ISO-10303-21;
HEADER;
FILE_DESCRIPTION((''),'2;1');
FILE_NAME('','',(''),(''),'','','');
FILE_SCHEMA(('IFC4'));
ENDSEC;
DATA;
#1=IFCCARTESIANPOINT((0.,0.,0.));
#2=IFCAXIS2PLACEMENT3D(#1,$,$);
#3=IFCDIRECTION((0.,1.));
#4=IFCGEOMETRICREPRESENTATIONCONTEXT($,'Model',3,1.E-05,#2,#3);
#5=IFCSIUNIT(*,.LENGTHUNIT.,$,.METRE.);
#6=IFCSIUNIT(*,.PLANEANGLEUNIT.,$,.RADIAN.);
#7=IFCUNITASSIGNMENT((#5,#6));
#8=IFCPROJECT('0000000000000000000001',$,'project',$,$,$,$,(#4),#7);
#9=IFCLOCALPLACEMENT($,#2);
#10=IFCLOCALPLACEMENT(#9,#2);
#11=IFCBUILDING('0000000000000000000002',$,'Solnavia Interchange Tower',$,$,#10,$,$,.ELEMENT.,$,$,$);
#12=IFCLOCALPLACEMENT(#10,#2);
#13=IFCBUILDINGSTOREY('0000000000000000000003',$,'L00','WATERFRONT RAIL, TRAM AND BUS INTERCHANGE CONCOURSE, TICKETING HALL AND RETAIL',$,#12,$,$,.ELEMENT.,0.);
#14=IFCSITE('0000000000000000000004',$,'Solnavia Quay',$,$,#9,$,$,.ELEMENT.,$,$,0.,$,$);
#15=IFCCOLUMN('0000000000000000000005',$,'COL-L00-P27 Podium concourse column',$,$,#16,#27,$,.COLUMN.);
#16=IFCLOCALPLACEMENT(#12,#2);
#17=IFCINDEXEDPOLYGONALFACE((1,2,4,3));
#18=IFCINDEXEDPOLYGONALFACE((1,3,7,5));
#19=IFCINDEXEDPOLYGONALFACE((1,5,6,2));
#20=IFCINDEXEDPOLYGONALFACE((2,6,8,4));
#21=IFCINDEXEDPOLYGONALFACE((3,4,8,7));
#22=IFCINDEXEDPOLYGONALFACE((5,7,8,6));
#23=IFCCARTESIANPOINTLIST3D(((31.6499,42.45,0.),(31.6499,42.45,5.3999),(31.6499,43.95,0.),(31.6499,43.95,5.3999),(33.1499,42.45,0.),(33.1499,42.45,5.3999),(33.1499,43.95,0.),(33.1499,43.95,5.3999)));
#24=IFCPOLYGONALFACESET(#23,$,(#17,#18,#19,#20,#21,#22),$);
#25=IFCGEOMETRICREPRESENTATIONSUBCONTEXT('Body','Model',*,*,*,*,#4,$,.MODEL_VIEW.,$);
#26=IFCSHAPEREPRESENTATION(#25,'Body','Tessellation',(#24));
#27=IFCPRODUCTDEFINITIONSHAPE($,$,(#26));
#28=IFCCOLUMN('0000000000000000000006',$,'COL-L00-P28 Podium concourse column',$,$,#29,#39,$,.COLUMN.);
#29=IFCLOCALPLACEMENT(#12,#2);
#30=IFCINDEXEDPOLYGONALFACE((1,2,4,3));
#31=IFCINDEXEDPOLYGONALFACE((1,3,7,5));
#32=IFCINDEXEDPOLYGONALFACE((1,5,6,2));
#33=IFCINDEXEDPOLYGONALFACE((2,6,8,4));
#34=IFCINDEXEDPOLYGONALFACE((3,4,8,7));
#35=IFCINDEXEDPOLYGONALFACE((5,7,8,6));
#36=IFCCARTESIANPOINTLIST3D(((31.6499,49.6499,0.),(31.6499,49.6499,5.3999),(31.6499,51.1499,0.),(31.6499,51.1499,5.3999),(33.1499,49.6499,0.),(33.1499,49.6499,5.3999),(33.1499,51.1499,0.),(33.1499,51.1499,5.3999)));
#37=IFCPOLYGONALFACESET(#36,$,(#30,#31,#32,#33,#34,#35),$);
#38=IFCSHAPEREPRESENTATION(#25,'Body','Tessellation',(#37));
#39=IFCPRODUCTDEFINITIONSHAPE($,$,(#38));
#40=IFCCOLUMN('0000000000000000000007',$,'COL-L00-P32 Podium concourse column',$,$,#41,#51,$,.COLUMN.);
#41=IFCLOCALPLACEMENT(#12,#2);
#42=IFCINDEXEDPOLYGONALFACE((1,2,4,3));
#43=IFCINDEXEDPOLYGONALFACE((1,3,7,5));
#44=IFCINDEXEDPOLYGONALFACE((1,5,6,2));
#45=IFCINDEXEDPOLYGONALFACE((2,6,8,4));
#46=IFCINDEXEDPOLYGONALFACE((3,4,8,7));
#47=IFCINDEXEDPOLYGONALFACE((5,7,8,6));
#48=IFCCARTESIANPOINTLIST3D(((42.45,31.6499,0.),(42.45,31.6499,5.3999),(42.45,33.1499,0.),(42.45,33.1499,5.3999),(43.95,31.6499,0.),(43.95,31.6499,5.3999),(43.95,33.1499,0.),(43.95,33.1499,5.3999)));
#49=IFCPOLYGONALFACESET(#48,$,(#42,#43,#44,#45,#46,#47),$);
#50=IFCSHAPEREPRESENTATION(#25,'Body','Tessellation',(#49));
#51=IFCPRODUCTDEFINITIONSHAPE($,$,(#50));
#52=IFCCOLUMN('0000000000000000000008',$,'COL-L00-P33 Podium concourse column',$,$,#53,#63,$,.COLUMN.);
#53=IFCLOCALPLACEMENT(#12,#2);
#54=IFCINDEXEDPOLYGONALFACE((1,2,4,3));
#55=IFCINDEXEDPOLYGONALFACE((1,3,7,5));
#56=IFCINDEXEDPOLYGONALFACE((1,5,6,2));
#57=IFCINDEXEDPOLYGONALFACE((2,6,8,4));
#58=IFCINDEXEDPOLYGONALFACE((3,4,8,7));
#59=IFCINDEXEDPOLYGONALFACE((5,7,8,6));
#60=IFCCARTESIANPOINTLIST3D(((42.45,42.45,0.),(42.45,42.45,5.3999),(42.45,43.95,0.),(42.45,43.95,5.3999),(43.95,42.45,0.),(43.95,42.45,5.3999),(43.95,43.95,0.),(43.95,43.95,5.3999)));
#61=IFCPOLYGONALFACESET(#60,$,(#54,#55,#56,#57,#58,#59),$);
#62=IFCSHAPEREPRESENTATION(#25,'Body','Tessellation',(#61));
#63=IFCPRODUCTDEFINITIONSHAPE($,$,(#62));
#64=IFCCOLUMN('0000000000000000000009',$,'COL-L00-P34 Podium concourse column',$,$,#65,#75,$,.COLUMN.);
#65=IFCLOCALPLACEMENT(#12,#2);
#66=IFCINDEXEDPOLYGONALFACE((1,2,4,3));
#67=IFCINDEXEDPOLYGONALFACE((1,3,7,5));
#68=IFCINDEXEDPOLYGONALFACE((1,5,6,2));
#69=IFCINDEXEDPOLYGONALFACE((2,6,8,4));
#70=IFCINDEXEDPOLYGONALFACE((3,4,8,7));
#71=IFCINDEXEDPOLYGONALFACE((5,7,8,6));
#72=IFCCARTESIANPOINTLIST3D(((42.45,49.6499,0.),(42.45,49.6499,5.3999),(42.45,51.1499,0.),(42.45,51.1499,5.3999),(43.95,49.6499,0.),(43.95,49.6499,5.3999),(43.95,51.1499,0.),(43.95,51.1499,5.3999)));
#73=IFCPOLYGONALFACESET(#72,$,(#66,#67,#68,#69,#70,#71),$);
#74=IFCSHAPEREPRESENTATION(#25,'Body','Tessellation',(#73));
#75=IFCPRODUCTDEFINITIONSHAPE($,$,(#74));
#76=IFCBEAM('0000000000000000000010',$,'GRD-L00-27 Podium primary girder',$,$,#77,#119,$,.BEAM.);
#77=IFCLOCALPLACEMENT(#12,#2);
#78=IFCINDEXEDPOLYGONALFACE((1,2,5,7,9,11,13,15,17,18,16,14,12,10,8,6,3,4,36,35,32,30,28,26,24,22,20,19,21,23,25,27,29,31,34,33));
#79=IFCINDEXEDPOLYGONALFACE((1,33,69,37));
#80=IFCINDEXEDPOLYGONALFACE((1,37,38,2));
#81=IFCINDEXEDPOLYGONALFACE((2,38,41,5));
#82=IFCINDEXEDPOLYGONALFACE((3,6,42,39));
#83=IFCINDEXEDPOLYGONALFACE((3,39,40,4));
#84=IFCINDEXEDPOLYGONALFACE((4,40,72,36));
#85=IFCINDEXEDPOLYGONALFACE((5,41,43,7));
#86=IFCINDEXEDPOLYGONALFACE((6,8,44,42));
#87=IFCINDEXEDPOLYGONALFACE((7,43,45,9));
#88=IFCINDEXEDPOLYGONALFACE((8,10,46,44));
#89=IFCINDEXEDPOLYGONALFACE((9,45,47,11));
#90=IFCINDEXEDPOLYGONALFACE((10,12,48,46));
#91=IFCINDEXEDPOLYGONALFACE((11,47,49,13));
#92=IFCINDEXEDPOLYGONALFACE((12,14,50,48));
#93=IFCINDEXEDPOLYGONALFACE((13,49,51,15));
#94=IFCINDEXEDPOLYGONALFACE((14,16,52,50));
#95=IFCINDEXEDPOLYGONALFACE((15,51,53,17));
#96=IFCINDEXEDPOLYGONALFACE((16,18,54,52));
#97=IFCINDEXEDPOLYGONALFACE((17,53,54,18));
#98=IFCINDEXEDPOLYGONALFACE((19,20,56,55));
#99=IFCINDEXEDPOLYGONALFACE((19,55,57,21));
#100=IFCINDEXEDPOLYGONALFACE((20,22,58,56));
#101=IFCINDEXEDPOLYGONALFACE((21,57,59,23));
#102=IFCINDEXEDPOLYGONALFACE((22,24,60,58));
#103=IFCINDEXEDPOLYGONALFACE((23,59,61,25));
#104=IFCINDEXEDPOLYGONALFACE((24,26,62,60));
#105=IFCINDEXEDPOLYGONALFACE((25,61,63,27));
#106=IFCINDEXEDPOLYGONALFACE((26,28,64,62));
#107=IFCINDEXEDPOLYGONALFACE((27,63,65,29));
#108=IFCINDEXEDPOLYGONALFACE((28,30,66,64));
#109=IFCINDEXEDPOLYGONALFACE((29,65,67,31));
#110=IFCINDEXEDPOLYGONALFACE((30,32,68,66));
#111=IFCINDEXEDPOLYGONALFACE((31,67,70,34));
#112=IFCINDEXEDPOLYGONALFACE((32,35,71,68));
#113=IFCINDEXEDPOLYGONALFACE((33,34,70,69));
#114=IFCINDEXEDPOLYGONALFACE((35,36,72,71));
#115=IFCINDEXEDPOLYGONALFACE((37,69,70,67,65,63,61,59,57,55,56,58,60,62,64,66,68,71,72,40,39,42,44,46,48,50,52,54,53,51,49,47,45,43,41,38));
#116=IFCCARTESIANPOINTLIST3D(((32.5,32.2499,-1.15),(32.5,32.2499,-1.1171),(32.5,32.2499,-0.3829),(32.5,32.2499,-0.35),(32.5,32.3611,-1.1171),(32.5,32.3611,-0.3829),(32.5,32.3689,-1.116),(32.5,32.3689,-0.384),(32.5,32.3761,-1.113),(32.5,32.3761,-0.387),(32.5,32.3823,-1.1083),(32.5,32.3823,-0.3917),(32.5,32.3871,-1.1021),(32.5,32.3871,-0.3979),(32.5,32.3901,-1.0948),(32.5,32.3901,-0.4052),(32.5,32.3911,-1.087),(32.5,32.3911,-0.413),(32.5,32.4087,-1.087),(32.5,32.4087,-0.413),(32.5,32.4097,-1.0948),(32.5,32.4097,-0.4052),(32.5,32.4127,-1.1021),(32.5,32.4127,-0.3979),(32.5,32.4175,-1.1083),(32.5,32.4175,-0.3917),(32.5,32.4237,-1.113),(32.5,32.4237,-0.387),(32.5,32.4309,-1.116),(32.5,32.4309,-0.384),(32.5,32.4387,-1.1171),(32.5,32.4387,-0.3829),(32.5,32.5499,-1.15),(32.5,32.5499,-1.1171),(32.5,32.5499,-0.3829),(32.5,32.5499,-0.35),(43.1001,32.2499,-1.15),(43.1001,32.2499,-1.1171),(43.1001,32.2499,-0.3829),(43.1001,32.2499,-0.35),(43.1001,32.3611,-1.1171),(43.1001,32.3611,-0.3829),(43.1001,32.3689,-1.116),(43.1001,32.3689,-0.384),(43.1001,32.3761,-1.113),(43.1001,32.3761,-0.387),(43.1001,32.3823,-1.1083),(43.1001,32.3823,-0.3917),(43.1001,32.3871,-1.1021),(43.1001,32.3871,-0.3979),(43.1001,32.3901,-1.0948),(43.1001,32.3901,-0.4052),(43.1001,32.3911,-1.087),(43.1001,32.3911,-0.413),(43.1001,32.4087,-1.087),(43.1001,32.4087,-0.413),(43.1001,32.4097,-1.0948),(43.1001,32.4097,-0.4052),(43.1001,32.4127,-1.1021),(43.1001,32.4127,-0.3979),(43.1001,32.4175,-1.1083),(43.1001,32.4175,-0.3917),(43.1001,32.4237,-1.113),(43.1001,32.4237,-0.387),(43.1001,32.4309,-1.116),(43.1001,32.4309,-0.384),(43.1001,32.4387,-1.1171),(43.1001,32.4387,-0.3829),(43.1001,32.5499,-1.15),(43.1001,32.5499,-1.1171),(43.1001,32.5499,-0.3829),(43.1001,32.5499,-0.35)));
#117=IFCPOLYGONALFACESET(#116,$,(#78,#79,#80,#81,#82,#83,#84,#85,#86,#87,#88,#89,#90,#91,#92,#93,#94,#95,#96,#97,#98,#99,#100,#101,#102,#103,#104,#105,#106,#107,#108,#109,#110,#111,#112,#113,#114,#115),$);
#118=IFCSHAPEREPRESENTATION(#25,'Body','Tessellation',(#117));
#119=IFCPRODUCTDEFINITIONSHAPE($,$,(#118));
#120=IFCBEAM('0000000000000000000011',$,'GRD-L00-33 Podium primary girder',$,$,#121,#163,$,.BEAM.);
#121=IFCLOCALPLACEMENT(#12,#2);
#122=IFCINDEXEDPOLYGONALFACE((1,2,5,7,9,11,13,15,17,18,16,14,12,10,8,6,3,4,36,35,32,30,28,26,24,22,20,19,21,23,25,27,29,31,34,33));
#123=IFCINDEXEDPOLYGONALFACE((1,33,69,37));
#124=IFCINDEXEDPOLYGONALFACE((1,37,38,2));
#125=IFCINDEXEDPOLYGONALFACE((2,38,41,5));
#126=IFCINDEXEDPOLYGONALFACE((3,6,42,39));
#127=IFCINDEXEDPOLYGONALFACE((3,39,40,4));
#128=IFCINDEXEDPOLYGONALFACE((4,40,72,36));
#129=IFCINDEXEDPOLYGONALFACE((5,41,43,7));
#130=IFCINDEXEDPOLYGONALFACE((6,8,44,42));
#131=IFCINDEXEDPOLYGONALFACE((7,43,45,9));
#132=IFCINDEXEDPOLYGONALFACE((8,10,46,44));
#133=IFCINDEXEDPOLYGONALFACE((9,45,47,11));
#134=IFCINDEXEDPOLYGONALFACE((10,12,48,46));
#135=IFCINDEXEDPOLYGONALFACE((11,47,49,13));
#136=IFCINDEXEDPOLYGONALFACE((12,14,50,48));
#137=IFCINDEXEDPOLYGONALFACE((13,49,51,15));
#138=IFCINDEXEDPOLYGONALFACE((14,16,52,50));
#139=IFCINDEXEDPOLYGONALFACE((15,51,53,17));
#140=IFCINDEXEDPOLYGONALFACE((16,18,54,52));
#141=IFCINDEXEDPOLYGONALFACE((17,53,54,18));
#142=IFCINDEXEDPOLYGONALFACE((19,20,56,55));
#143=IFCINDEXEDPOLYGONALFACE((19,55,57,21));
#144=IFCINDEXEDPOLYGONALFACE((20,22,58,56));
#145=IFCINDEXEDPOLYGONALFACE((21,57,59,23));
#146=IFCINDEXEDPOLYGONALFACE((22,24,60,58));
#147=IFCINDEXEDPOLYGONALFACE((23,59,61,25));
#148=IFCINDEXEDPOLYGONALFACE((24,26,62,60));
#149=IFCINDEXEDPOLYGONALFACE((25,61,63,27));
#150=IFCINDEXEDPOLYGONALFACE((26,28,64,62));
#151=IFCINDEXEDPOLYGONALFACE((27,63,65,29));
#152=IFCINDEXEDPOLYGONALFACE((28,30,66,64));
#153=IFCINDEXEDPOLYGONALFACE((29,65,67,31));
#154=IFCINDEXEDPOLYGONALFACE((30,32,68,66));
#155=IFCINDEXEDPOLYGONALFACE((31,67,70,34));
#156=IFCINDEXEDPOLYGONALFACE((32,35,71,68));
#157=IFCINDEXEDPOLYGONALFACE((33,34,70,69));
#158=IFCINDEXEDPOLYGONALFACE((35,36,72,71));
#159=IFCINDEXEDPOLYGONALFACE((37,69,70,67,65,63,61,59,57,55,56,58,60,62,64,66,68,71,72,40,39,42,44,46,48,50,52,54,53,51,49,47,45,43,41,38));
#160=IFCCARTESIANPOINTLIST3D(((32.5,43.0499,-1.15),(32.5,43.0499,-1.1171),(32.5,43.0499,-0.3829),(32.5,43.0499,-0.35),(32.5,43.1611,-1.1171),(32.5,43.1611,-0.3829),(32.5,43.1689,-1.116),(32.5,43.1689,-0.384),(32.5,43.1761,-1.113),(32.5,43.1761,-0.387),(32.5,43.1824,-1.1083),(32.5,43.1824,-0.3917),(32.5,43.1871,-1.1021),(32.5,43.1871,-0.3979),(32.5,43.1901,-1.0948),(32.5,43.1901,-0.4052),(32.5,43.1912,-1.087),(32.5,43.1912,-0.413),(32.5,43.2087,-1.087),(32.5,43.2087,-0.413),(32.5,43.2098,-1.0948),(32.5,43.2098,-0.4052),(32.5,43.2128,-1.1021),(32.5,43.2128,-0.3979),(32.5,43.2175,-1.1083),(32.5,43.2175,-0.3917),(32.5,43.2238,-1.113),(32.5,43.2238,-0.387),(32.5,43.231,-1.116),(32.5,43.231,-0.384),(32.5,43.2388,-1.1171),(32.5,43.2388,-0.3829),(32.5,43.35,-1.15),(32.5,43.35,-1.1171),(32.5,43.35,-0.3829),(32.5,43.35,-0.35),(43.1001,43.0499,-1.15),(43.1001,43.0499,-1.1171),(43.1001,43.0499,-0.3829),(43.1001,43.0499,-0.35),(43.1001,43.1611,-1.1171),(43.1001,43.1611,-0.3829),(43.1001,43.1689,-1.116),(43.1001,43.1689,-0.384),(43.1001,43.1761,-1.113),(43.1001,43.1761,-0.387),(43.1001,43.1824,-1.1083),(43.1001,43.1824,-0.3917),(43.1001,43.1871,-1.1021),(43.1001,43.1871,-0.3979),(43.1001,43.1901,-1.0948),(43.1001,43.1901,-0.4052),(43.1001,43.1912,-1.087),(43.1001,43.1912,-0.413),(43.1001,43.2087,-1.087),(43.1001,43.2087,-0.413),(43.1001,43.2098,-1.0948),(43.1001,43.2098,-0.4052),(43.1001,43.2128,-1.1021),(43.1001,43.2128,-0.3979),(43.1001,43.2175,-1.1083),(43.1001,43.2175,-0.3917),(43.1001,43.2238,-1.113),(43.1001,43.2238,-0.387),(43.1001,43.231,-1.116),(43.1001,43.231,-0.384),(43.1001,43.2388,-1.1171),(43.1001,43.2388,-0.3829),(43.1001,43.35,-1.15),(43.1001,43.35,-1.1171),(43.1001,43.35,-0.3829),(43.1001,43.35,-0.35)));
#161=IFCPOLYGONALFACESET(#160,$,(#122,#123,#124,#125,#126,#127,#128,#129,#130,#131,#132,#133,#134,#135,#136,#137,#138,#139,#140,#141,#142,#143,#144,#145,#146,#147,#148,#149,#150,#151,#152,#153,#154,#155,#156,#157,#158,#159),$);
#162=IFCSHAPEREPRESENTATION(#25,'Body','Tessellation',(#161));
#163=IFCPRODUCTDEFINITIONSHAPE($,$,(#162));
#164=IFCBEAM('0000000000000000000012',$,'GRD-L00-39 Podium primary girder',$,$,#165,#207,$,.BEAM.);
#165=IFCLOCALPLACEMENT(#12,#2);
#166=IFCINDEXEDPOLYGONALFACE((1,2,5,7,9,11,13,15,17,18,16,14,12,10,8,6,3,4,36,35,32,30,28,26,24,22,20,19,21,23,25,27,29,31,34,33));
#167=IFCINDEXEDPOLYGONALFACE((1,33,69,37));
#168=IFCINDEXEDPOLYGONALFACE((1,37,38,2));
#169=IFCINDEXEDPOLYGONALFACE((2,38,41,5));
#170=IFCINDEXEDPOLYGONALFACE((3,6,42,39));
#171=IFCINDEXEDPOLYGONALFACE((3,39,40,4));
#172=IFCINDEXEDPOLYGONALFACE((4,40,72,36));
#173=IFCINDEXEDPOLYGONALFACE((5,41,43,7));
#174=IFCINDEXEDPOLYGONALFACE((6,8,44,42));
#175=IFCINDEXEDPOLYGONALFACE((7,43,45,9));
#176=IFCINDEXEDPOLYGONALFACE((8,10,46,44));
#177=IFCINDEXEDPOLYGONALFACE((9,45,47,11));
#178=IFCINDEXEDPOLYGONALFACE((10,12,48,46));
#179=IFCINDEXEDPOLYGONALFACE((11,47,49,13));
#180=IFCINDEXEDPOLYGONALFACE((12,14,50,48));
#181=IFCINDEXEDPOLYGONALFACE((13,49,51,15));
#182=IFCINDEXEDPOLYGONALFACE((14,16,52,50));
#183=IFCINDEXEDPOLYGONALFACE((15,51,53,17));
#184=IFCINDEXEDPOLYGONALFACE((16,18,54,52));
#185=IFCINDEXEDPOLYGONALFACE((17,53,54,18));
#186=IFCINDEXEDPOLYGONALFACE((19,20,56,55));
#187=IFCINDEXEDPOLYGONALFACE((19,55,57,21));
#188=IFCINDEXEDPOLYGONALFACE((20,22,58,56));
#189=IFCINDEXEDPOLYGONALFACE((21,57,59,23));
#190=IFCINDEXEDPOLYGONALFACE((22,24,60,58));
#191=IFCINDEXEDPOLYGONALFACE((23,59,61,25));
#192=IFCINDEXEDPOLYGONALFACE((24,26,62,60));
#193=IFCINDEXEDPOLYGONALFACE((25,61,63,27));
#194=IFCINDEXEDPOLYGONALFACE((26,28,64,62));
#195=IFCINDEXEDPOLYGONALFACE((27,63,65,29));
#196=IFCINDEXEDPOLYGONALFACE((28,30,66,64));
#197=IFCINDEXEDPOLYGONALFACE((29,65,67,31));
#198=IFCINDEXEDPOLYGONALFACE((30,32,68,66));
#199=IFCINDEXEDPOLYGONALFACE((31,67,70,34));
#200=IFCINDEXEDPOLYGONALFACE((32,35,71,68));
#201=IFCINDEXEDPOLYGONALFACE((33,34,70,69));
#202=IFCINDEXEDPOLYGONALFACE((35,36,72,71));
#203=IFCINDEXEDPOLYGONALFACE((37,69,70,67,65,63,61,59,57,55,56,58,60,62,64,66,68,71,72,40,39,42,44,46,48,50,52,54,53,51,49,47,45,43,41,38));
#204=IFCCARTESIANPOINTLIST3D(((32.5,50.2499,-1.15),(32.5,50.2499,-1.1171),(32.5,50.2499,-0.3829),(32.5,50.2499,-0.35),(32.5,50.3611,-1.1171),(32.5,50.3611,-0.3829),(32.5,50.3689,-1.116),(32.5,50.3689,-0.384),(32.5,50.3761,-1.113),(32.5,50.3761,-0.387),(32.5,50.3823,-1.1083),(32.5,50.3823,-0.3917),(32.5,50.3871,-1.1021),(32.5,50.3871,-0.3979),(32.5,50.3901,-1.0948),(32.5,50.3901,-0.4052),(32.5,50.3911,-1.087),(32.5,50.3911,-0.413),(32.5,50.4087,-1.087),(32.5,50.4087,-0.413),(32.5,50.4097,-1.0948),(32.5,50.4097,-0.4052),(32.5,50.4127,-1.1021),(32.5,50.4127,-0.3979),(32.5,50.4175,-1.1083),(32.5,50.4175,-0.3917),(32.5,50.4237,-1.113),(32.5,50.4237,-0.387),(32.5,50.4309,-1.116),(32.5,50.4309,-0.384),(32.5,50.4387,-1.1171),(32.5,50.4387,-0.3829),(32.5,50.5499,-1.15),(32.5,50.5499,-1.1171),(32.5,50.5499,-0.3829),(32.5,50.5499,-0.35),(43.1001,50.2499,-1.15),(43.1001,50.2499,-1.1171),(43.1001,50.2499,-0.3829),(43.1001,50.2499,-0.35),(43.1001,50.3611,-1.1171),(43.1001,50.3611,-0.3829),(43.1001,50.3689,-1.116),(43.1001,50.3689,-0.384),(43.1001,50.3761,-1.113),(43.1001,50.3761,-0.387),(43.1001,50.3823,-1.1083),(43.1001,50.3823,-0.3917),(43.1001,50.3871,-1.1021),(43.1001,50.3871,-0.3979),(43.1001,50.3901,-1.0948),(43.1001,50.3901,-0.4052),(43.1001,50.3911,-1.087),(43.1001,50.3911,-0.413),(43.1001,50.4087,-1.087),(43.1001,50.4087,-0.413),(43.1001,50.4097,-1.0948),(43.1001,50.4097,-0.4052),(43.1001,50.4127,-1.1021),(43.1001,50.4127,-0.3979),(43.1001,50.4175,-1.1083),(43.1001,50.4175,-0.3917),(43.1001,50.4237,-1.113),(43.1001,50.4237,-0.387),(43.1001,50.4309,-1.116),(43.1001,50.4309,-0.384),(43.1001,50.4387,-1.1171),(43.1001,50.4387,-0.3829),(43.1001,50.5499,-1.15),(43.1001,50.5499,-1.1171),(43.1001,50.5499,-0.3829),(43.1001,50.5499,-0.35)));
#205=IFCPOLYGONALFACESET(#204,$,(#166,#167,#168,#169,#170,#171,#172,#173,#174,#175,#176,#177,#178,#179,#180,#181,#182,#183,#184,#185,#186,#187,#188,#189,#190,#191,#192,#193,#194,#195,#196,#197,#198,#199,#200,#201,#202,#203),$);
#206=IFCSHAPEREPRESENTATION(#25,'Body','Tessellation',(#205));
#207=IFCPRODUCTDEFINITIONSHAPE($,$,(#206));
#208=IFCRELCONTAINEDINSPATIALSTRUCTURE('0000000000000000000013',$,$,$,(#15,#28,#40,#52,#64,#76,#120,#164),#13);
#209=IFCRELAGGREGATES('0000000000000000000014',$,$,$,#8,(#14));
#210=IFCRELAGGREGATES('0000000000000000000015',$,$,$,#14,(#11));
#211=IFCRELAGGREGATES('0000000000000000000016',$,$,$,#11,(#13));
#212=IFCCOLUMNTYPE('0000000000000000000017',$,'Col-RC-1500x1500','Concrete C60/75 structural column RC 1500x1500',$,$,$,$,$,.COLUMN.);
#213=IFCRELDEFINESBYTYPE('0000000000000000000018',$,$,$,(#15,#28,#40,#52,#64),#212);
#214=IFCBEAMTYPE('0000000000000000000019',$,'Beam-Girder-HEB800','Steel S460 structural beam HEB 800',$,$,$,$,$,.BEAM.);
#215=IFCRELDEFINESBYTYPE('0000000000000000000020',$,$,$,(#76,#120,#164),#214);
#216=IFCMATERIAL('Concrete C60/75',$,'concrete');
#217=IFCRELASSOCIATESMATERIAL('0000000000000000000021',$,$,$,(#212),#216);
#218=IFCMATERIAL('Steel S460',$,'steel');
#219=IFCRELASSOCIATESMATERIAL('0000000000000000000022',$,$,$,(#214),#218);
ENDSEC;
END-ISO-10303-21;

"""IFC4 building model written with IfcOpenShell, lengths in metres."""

from ifc_helpers import new_model, si_unit, direction, frame, origin, origin_2d, place, context, subcontext, project, spatial, rectangle, i_section, extrude, material, material_profile, profile_set, type_object, element, save


model = new_model("IFC4")

# Units and contexts
model_context = context("Model", 3, precision=1e-05, world=origin(), true_north=direction((0.0, 1.0)))
body_context = subcontext(model_context, "Body", "Model", "MODEL_VIEW")
ifc_project = project(units=[si_unit("LENGTHUNIT", "METRE"), si_unit("PLANEANGLEUNIT", "RADIAN")], contexts=[model_context])

# Site, building, storey
site_placement = place(None, origin())
site = spatial("IfcSite", under=ifc_project, at=site_placement, Name="Solnavia Quay", CompositionType="ELEMENT", RefElevation=0.0)
building_placement = place(site_placement, origin())
building = spatial("IfcBuilding", under=site, at=building_placement, Name="Solnavia Interchange Tower", CompositionType="ELEMENT")
storey_placement = place(building_placement, origin())
storey = spatial("IfcBuildingStorey", under=building, at=storey_placement, Name="L00", Description="WATERFRONT RAIL, TRAM AND BUS INTERCHANGE CONCOURSE, TICKETING HALL AND RETAIL", CompositionType="ELEMENT", Elevation=0.0)

# Columns
ifc_material_1 = material(Name="Concrete C60/75", Category="concrete")
ifc_material_profile_1 = material_profile(ifc_material_1, rectangle(XDim=1.5, YDim=1.5, at=origin_2d()), Name="RC 1500x1500")
ifc_profile_set_1 = profile_set([ifc_material_profile_1], Name="Concrete C60/75")
column_type = type_object("IfcColumnType", Name="Col-RC-1500x1500", Description="Concrete C60/75 structural column RC 1500x1500", PredefinedType="COLUMN", material=ifc_profile_set_1)
for number, where, z_axis, x_axis, name in (
    (1, (32.3999, 43.2, 0.0), (0.0, 0.0, 1.0), (1.0, 0.0, 0.0), "COL-L00-P27 Podium concourse column"),
    (2, (32.3999, 50.3999, 0.0), (0.0, 0.0, 1.0), (1.0, 0.0, 0.0), "COL-L00-P28 Podium concourse column"),
    (3, (43.2, 32.3999, 0.0), (0.0, 0.0, 1.0), (1.0, 0.0, 0.0), "COL-L00-P32 Podium concourse column"),
    (4, (43.2, 43.2, 0.0), (0.0, 0.0, 1.0), (1.0, 0.0, 0.0), "COL-L00-P33 Podium concourse column"),
    (5, (43.2, 50.3999, 0.0), (0.0, 0.0, 1.0), (1.0, 0.0, 0.0), "COL-L00-P34 Podium concourse column"),
):
    element("IfcColumn", number, at=place(storey_placement, frame(where, z_axis=z_axis, x_axis=x_axis)), inside=storey, type_object=column_type, Name=name, PredefinedType="COLUMN", context=body_context, shape_type="SweptSolid", body=[
        extrude(rectangle(XDim=1.5, YDim=1.5, at=origin_2d()), origin(), (0.0, 0.0, 1.0), 5.3999),
    ])

# Beams
ifc_material_2 = material(Name="Steel S460", Category="steel")
ifc_material_profile_2 = material_profile(ifc_material_2, i_section(OverallWidth=0.3, OverallDepth=0.8, WebThickness=0.0176, FlangeThickness=0.033, FilletRadius=0.03, at=origin_2d()), Name="HEB 800")
ifc_profile_set_2 = profile_set([ifc_material_profile_2], Name="Steel S460")
beam_type_1 = type_object("IfcBeamType", Name="Beam-Girder-HEB800", Description="Steel S460 structural beam HEB 800", PredefinedType="BEAM", material=ifc_profile_set_2)
for number, where, z_axis, x_axis, name in (
    (6, (32.5, 32.3999, -0.75), (1.0, 0.0, 0.0), (0.0, 1.0, 0.0), "GRD-L00-27 Podium primary girder"),
    (7, (32.5, 43.2, -0.75), (1.0, 0.0, 0.0), (0.0, 1.0, 0.0), "GRD-L00-33 Podium primary girder"),
    (8, (32.5, 50.3999, -0.75), (1.0, 0.0, 0.0), (0.0, 1.0, 0.0), "GRD-L00-39 Podium primary girder"),
):
    element("IfcBeam", number, at=place(storey_placement, frame(where, z_axis=z_axis, x_axis=x_axis)), inside=storey, type_object=beam_type_1, Name=name, PredefinedType="BEAM", context=body_context, shape_type="SweptSolid", body=[
        extrude(i_section(OverallWidth=0.3, OverallDepth=0.8, WebThickness=0.0176, FlangeThickness=0.033, FilletRadius=0.03, at=origin_2d()), origin(), (0.0, 0.0, 1.0), 10.6001),
    ])

save(model, "model.ifc")
